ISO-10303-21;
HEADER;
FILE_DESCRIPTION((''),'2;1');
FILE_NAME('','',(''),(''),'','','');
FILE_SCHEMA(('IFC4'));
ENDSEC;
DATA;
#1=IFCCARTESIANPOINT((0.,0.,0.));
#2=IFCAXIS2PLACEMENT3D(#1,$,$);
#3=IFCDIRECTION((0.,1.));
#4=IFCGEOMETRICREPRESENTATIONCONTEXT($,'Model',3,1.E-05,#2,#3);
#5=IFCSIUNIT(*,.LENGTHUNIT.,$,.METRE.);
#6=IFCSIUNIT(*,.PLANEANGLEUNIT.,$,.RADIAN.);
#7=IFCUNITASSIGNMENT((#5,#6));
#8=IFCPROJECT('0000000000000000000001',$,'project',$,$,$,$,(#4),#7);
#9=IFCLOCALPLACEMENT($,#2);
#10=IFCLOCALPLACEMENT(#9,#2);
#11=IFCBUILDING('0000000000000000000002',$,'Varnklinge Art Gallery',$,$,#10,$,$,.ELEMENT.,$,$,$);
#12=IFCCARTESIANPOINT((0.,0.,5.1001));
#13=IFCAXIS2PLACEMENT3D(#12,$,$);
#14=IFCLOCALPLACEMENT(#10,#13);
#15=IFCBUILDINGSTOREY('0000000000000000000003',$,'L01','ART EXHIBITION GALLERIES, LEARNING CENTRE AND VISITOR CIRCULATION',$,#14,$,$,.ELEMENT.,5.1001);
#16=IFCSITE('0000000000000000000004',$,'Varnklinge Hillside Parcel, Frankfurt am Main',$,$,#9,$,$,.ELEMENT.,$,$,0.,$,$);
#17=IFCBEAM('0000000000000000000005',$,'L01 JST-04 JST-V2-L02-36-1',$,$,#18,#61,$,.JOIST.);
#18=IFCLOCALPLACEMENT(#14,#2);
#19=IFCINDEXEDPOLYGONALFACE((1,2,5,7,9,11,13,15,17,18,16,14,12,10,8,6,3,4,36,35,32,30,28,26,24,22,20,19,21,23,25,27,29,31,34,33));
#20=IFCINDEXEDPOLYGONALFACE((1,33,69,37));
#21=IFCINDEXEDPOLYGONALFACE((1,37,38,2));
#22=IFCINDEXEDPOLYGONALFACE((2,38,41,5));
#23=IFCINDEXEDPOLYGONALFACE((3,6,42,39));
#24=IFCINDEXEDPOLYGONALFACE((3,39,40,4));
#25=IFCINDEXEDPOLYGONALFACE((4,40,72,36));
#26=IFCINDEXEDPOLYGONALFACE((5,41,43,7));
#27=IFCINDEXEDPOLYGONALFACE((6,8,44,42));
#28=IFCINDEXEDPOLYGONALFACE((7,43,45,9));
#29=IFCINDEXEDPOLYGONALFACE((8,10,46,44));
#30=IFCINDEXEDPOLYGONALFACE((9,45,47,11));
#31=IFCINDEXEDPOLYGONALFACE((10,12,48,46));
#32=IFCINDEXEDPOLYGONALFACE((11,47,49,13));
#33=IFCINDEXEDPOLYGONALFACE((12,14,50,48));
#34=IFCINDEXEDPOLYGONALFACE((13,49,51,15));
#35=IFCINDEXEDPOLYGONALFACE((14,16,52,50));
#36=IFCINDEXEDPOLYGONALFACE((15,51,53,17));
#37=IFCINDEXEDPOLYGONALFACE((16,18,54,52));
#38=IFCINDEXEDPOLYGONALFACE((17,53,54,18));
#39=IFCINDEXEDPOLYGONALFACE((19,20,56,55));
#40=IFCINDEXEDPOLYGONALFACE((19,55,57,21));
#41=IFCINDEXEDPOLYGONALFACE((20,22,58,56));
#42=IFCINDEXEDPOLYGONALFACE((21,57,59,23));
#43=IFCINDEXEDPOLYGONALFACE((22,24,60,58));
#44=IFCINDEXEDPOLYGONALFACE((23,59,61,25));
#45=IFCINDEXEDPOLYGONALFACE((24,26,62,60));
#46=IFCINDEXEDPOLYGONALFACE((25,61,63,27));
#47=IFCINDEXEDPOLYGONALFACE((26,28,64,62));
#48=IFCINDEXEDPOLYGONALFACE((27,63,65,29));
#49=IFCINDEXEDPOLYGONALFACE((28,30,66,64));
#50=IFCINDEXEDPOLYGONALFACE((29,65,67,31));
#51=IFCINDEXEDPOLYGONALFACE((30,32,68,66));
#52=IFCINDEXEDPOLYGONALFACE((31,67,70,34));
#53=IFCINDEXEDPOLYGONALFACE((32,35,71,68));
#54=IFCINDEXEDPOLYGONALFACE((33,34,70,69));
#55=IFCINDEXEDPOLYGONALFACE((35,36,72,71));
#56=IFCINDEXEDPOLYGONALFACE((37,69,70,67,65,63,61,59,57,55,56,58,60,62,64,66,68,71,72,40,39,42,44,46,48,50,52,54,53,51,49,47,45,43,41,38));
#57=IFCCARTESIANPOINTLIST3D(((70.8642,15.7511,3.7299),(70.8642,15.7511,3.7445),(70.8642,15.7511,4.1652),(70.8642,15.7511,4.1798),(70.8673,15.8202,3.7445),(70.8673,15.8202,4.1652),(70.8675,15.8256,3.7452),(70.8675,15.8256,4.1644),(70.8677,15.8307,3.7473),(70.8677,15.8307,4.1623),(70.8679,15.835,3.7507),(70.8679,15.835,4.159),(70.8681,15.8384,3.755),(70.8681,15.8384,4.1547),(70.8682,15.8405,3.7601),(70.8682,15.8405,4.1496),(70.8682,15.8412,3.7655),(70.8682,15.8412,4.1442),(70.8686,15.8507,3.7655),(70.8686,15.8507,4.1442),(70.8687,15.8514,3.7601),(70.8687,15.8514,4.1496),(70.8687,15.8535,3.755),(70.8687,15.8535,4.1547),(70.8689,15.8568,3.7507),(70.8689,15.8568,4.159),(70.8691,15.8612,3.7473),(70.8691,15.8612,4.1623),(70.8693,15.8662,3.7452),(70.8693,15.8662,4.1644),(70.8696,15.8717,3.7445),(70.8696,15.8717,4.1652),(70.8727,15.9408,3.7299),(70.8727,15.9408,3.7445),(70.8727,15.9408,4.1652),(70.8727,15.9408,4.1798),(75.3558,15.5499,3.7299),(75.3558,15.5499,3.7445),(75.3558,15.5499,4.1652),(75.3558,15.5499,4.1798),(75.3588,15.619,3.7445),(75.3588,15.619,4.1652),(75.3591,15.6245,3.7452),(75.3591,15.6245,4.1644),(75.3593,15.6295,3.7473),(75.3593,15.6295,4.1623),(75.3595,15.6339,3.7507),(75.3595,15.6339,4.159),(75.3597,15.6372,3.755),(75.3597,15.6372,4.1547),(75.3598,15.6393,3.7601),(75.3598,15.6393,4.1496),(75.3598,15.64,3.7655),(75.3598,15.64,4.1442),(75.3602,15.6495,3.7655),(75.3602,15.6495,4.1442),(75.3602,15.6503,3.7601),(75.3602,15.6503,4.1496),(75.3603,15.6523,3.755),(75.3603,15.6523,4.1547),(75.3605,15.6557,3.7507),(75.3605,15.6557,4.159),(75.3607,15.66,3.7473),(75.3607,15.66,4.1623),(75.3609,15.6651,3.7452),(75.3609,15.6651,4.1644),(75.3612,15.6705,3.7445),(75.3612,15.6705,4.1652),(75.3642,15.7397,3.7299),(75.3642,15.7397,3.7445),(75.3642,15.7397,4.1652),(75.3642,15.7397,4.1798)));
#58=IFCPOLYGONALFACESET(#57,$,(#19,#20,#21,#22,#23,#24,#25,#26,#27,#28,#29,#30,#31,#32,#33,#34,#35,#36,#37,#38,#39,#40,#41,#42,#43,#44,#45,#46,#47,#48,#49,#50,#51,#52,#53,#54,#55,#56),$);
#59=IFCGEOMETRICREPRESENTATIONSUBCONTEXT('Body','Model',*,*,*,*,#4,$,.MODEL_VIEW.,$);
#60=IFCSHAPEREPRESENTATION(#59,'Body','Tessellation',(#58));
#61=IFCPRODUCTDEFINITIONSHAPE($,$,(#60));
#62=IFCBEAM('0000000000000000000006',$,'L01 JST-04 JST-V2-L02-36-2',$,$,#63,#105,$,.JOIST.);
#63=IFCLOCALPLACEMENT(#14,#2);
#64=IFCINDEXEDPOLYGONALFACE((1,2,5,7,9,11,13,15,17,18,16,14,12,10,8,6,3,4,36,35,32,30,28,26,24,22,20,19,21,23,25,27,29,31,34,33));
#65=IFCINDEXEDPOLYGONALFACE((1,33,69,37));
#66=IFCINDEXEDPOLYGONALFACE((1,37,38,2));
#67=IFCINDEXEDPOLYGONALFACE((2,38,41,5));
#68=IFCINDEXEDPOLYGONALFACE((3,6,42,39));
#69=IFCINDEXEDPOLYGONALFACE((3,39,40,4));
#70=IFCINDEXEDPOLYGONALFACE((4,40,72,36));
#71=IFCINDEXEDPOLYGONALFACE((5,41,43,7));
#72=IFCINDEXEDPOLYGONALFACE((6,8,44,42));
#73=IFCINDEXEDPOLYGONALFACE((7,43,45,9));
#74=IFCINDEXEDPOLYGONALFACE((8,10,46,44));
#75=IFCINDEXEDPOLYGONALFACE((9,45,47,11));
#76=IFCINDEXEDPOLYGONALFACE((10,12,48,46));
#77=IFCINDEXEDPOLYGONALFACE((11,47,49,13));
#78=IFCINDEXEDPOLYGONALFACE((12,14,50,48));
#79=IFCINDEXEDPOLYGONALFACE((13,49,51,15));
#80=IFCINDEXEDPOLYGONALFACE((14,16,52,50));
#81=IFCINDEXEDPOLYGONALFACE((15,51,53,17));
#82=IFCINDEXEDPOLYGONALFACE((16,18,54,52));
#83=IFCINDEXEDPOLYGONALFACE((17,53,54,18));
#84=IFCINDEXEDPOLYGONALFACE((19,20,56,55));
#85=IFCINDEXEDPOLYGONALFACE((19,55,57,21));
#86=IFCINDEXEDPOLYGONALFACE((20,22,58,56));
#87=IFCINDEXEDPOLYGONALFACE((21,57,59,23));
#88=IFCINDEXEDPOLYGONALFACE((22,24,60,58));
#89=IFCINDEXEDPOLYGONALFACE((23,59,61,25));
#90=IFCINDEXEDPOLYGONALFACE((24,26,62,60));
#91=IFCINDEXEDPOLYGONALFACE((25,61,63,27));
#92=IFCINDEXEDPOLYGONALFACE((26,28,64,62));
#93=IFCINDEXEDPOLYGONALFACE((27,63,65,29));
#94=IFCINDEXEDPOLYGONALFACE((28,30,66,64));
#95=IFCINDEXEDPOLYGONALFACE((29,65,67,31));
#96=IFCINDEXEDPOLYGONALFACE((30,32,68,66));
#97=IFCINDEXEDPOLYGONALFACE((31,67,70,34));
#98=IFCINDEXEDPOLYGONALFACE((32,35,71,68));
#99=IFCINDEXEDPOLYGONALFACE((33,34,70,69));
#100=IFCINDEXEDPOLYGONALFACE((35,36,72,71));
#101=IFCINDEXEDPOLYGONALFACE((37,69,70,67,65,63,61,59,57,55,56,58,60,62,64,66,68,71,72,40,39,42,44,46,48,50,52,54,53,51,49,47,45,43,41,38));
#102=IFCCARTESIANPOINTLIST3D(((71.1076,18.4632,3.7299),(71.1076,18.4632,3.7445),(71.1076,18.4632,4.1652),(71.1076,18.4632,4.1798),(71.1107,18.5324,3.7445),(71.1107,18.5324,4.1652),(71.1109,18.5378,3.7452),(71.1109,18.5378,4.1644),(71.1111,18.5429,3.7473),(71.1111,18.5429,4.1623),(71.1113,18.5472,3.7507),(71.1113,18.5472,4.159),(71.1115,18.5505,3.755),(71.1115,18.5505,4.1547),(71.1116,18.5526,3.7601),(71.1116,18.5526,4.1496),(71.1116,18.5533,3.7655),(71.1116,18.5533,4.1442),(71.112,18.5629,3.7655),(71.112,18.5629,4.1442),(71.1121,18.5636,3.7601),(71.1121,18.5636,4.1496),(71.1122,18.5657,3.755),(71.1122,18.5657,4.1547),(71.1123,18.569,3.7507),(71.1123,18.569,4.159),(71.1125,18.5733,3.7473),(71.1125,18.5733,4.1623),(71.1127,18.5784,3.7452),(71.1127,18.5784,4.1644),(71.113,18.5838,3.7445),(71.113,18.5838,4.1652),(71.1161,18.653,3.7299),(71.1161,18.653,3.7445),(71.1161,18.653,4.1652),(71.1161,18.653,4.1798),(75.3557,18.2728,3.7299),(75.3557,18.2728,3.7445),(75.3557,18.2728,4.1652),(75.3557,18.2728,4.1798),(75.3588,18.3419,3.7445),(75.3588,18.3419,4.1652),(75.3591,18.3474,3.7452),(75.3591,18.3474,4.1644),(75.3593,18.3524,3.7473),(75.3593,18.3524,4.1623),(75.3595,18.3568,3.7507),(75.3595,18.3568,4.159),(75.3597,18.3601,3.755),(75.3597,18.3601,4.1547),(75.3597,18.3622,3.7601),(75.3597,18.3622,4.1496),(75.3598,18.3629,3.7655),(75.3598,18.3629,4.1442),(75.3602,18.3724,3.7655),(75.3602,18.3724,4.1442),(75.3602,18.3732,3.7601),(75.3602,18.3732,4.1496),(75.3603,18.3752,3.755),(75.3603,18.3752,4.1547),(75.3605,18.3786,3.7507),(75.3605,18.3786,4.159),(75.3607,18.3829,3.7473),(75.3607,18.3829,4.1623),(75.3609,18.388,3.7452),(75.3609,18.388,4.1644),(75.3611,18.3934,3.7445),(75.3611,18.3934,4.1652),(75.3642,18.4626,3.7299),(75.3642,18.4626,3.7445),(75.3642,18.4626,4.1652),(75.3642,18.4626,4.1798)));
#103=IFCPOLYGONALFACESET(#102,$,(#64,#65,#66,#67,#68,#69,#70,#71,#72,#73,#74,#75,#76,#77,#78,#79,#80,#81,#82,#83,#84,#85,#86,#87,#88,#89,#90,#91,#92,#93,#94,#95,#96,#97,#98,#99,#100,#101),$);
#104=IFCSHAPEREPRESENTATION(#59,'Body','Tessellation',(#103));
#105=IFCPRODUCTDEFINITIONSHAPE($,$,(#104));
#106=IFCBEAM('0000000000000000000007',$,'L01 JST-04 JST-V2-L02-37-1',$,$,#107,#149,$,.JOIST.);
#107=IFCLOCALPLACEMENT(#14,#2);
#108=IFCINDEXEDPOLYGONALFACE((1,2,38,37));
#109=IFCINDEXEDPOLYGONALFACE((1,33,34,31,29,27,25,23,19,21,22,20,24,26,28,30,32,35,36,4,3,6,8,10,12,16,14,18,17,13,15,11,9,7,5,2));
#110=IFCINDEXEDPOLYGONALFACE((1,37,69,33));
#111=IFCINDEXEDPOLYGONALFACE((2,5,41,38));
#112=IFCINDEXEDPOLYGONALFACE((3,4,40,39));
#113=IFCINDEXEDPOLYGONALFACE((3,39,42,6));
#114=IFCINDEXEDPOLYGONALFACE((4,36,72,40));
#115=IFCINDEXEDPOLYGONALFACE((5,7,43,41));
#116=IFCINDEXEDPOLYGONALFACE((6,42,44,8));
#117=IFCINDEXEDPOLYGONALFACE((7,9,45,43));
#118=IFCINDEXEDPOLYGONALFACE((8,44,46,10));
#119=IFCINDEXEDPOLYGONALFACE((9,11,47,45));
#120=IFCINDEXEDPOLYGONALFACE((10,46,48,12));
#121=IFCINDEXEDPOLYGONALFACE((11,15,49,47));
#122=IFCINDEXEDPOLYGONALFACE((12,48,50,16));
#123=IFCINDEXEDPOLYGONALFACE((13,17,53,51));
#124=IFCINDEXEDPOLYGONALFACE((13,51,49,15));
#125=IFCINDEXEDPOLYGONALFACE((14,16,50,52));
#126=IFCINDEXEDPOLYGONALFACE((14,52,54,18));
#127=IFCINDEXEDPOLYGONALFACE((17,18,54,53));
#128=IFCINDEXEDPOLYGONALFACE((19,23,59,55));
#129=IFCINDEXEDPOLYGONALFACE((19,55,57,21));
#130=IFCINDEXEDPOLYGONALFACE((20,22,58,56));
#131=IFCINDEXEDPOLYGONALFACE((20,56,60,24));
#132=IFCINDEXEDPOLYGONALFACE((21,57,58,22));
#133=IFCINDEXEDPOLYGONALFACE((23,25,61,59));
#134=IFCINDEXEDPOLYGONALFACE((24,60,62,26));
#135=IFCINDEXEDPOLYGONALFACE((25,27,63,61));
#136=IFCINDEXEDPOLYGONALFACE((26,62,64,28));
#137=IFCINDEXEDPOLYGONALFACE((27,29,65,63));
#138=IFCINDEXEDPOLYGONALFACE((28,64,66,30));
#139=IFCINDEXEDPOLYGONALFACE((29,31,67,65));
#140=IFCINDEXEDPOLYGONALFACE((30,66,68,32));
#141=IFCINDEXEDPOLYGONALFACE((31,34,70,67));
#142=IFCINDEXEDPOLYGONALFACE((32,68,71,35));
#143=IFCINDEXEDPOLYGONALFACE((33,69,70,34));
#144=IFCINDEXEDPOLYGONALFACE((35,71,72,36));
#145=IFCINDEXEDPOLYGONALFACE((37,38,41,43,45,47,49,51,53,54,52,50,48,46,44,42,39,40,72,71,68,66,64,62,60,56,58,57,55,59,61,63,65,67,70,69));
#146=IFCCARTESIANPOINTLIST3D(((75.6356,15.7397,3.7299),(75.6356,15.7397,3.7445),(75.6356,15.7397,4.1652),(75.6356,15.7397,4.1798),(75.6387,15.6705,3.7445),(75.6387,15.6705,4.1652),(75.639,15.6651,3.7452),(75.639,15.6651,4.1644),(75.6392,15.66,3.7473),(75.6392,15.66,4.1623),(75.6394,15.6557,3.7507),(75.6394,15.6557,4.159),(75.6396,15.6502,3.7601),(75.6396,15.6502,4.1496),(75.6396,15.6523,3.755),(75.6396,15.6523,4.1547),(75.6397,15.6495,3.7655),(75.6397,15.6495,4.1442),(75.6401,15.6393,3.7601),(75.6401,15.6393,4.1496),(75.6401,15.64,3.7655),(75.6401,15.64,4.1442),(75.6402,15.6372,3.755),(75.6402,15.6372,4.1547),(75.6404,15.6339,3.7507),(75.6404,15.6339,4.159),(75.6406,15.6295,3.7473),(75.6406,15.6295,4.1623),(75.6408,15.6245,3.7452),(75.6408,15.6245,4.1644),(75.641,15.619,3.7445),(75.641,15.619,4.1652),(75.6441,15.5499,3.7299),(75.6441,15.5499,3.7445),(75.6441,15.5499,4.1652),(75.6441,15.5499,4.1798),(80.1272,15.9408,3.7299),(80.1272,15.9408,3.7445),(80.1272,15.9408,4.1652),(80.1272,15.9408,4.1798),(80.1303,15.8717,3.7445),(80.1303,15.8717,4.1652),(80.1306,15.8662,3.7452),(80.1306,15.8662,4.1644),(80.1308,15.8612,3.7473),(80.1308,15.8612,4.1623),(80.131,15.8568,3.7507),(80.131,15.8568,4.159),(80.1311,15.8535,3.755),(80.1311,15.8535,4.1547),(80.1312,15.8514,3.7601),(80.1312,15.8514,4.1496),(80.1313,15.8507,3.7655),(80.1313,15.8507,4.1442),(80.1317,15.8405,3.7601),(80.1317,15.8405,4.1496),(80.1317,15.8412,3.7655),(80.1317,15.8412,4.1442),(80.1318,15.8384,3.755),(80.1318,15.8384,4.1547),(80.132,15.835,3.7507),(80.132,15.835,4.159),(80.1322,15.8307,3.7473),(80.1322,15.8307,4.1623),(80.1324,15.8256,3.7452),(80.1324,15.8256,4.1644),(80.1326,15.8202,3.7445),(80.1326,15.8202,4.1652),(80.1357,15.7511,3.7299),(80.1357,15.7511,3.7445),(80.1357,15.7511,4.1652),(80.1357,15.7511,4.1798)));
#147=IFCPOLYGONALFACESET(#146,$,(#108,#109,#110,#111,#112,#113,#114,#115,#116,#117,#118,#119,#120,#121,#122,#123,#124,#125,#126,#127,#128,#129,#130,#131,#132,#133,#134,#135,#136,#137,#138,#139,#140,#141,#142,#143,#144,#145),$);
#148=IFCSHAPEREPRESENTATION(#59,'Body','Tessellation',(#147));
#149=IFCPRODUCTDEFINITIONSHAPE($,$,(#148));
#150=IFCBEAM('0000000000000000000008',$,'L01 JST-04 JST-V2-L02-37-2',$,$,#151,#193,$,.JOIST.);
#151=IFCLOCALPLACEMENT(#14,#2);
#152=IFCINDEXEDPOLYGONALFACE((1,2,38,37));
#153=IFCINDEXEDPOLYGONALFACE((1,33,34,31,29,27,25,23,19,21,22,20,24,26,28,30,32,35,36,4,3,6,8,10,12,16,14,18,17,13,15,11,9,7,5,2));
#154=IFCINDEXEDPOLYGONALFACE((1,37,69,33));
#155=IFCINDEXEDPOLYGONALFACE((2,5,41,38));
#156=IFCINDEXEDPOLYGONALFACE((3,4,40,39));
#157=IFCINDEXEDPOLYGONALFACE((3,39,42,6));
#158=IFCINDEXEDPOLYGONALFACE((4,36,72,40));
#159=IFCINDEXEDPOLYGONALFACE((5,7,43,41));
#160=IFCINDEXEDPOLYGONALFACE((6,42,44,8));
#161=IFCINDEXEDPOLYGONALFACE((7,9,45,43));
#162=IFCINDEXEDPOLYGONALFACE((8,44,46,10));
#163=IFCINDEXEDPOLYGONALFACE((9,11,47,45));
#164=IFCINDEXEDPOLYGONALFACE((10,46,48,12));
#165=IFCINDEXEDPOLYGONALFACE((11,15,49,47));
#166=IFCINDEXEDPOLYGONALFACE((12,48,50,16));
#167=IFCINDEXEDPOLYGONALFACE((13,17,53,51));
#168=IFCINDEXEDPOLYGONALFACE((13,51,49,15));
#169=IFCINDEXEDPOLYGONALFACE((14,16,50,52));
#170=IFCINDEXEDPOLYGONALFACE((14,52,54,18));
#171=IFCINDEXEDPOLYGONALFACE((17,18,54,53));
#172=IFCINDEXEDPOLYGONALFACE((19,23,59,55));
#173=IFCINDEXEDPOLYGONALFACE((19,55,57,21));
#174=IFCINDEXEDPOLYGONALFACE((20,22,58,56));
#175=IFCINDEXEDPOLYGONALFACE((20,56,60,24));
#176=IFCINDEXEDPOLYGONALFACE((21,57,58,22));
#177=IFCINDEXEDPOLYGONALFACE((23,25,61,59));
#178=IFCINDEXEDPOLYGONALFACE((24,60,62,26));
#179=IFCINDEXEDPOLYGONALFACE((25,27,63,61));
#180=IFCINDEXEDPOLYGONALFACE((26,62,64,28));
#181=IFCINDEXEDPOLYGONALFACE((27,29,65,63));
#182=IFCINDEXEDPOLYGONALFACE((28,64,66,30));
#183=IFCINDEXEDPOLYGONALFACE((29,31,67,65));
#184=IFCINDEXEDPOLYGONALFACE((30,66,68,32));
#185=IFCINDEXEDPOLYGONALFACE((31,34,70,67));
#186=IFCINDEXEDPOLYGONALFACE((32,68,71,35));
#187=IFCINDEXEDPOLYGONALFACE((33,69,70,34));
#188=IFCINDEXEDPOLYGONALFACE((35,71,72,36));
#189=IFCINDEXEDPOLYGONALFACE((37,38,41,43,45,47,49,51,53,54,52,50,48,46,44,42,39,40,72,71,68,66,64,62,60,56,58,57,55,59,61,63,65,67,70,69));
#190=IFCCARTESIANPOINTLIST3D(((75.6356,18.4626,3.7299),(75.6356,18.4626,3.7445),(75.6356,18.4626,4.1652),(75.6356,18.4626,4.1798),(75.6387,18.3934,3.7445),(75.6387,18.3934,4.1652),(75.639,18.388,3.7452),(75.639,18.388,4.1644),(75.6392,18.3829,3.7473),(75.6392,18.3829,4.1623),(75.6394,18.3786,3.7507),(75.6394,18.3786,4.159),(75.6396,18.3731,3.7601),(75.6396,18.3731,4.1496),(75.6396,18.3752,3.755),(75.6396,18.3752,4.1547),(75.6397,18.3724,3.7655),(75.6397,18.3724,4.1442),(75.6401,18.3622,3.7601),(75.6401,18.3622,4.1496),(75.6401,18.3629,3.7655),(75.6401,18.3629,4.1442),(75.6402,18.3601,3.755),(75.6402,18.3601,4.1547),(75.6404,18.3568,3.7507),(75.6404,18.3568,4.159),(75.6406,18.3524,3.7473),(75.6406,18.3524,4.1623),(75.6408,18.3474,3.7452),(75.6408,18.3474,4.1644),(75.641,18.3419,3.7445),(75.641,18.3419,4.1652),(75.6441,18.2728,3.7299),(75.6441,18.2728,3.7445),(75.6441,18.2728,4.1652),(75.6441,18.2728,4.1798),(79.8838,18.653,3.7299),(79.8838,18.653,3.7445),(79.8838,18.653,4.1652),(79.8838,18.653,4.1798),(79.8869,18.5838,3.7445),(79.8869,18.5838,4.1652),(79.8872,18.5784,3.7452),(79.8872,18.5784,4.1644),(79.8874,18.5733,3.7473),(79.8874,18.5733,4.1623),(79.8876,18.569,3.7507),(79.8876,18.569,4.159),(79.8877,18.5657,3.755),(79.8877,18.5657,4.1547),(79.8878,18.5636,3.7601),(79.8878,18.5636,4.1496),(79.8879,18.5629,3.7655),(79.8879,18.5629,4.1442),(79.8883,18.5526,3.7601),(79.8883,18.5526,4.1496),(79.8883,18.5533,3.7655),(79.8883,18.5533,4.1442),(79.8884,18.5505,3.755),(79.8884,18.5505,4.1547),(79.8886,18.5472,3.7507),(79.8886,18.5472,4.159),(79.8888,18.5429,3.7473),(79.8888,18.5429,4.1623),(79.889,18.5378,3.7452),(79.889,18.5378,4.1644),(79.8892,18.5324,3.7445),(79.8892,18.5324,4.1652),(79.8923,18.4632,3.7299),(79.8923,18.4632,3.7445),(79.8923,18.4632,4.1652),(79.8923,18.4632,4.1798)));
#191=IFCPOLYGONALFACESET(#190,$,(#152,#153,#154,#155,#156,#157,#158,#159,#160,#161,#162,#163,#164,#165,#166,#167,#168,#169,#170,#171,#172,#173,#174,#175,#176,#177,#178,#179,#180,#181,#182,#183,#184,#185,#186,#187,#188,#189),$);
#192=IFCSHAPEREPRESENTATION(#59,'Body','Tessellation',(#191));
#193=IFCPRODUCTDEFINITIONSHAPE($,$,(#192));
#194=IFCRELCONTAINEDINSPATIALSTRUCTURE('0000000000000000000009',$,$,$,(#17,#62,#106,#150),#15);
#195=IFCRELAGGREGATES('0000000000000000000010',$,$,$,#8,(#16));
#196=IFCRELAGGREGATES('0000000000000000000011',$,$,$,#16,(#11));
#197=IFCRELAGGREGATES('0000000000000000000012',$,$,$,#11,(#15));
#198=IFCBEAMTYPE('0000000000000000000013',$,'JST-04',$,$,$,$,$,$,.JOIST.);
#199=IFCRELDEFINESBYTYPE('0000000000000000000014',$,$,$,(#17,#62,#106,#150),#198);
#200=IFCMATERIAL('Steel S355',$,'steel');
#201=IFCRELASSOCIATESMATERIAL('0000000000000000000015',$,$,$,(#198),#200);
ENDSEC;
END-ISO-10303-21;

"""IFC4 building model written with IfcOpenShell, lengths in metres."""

from ifc_helpers import new_model, si_unit, direction, frame, origin, origin_2d, place, context, subcontext, project, spatial, i_section, extrude, material, material_profile, profile_set, type_object, element, save


model = new_model("IFC4")

# Units and contexts
model_context = context("Model", 3, precision=1e-05, world=origin(), true_north=direction((0.0, 1.0)))
body_context = subcontext(model_context, "Body", "Model", "MODEL_VIEW")
ifc_project = project(units=[si_unit("LENGTHUNIT", "METRE"), si_unit("PLANEANGLEUNIT", "RADIAN")], contexts=[model_context])

# Site, building, storey
site_placement = place(None, origin())
site = spatial("IfcSite", under=ifc_project, at=site_placement, Name="Varnklinge Hillside Parcel, Frankfurt am Main", CompositionType="ELEMENT", RefElevation=0.0)
building_placement = place(site_placement, origin())
building = spatial("IfcBuilding", under=site, at=building_placement, Name="Varnklinge Art Gallery", CompositionType="ELEMENT")
storey_placement = place(building_placement, frame((0.0, 0.0, 5.1001)))
storey = spatial("IfcBuildingStorey", under=building, at=storey_placement, Name="L01", Description="ART EXHIBITION GALLERIES, LEARNING CENTRE AND VISITOR CIRCULATION", CompositionType="ELEMENT", Elevation=5.1001)

# Beams
ifc_material_1 = material(Name="Steel S355", Category="steel")
ifc_material_profile_1 = material_profile(ifc_material_1, i_section(OverallWidth=0.1899, OverallDepth=0.45, WebThickness=0.0095, FlangeThickness=0.0146, FilletRadius=0.021, at=origin_2d()), Name="IPE 450")
ifc_profile_set_1 = profile_set([ifc_material_profile_1], Name="Steel S355")
beam_type_1 = type_object("IfcBeamType", Name="JST-04", PredefinedType="JOIST", material=ifc_profile_set_1)
beam_1_placement = place(storey_placement, frame((70.8684, 15.8459, 3.9548), z_axis=(0.998999, -0.044743, 0.0), x_axis=(0.044743, 0.998999, 0.0)))
element("IfcBeam", 1, at=beam_1_placement, inside=storey, type_object=beam_type_1, Name="L01 JST-04 JST-V2-L02-36-1", PredefinedType="JOIST", context=body_context, shape_type="SweptSolid", body=[
    extrude(i_section(OverallWidth=0.1899, OverallDepth=0.45, WebThickness=0.0095, FlangeThickness=0.0146, FilletRadius=0.021, at=origin_2d()), origin(), (0.0, 0.0, 1.0), 4.4961),
])
beam_2_placement = place(storey_placement, frame((71.1118, 18.5581, 3.9548), z_axis=(0.998997, -0.04478, 0.0), x_axis=(0.04478, 0.998997, 0.0)))
element("IfcBeam", 2, at=beam_2_placement, inside=storey, type_object=beam_type_1, Name="L01 JST-04 JST-V2-L02-36-2", PredefinedType="JOIST", context=body_context, shape_type="SweptSolid", body=[
    extrude(i_section(OverallWidth=0.1899, OverallDepth=0.45, WebThickness=0.0095, FlangeThickness=0.0146, FilletRadius=0.021, at=origin_2d()), origin(), (0.0, 0.0, 1.0), 4.2524),
])
beam_3_placement = place(storey_placement, frame((75.6399, 15.6448, 3.9548), z_axis=(0.998999, 0.044743, 0.0), x_axis=(-0.044743, 0.998999, 0.0)))
element("IfcBeam", 3, at=beam_3_placement, inside=storey, type_object=beam_type_1, Name="L01 JST-04 JST-V2-L02-37-1", PredefinedType="JOIST", context=body_context, shape_type="SweptSolid", body=[
    extrude(i_section(OverallWidth=0.1899, OverallDepth=0.45, WebThickness=0.0095, FlangeThickness=0.0146, FilletRadius=0.021, at=origin_2d()), origin(), (0.0, 0.0, 1.0), 4.4961),
])
beam_4_placement = place(storey_placement, frame((75.6399, 18.3677, 3.9548), z_axis=(0.998997, 0.04478, 0.0), x_axis=(-0.04478, 0.998997, 0.0)))
element("IfcBeam", 4, at=beam_4_placement, inside=storey, type_object=beam_type_1, Name="L01 JST-04 JST-V2-L02-37-2", PredefinedType="JOIST", context=body_context, shape_type="SweptSolid", body=[
    extrude(i_section(OverallWidth=0.1899, OverallDepth=0.45, WebThickness=0.0095, FlangeThickness=0.0146, FilletRadius=0.021, at=origin_2d()), origin(), (0.0, 0.0, 1.0), 4.2524),
])

save(model, "model.ifc")
